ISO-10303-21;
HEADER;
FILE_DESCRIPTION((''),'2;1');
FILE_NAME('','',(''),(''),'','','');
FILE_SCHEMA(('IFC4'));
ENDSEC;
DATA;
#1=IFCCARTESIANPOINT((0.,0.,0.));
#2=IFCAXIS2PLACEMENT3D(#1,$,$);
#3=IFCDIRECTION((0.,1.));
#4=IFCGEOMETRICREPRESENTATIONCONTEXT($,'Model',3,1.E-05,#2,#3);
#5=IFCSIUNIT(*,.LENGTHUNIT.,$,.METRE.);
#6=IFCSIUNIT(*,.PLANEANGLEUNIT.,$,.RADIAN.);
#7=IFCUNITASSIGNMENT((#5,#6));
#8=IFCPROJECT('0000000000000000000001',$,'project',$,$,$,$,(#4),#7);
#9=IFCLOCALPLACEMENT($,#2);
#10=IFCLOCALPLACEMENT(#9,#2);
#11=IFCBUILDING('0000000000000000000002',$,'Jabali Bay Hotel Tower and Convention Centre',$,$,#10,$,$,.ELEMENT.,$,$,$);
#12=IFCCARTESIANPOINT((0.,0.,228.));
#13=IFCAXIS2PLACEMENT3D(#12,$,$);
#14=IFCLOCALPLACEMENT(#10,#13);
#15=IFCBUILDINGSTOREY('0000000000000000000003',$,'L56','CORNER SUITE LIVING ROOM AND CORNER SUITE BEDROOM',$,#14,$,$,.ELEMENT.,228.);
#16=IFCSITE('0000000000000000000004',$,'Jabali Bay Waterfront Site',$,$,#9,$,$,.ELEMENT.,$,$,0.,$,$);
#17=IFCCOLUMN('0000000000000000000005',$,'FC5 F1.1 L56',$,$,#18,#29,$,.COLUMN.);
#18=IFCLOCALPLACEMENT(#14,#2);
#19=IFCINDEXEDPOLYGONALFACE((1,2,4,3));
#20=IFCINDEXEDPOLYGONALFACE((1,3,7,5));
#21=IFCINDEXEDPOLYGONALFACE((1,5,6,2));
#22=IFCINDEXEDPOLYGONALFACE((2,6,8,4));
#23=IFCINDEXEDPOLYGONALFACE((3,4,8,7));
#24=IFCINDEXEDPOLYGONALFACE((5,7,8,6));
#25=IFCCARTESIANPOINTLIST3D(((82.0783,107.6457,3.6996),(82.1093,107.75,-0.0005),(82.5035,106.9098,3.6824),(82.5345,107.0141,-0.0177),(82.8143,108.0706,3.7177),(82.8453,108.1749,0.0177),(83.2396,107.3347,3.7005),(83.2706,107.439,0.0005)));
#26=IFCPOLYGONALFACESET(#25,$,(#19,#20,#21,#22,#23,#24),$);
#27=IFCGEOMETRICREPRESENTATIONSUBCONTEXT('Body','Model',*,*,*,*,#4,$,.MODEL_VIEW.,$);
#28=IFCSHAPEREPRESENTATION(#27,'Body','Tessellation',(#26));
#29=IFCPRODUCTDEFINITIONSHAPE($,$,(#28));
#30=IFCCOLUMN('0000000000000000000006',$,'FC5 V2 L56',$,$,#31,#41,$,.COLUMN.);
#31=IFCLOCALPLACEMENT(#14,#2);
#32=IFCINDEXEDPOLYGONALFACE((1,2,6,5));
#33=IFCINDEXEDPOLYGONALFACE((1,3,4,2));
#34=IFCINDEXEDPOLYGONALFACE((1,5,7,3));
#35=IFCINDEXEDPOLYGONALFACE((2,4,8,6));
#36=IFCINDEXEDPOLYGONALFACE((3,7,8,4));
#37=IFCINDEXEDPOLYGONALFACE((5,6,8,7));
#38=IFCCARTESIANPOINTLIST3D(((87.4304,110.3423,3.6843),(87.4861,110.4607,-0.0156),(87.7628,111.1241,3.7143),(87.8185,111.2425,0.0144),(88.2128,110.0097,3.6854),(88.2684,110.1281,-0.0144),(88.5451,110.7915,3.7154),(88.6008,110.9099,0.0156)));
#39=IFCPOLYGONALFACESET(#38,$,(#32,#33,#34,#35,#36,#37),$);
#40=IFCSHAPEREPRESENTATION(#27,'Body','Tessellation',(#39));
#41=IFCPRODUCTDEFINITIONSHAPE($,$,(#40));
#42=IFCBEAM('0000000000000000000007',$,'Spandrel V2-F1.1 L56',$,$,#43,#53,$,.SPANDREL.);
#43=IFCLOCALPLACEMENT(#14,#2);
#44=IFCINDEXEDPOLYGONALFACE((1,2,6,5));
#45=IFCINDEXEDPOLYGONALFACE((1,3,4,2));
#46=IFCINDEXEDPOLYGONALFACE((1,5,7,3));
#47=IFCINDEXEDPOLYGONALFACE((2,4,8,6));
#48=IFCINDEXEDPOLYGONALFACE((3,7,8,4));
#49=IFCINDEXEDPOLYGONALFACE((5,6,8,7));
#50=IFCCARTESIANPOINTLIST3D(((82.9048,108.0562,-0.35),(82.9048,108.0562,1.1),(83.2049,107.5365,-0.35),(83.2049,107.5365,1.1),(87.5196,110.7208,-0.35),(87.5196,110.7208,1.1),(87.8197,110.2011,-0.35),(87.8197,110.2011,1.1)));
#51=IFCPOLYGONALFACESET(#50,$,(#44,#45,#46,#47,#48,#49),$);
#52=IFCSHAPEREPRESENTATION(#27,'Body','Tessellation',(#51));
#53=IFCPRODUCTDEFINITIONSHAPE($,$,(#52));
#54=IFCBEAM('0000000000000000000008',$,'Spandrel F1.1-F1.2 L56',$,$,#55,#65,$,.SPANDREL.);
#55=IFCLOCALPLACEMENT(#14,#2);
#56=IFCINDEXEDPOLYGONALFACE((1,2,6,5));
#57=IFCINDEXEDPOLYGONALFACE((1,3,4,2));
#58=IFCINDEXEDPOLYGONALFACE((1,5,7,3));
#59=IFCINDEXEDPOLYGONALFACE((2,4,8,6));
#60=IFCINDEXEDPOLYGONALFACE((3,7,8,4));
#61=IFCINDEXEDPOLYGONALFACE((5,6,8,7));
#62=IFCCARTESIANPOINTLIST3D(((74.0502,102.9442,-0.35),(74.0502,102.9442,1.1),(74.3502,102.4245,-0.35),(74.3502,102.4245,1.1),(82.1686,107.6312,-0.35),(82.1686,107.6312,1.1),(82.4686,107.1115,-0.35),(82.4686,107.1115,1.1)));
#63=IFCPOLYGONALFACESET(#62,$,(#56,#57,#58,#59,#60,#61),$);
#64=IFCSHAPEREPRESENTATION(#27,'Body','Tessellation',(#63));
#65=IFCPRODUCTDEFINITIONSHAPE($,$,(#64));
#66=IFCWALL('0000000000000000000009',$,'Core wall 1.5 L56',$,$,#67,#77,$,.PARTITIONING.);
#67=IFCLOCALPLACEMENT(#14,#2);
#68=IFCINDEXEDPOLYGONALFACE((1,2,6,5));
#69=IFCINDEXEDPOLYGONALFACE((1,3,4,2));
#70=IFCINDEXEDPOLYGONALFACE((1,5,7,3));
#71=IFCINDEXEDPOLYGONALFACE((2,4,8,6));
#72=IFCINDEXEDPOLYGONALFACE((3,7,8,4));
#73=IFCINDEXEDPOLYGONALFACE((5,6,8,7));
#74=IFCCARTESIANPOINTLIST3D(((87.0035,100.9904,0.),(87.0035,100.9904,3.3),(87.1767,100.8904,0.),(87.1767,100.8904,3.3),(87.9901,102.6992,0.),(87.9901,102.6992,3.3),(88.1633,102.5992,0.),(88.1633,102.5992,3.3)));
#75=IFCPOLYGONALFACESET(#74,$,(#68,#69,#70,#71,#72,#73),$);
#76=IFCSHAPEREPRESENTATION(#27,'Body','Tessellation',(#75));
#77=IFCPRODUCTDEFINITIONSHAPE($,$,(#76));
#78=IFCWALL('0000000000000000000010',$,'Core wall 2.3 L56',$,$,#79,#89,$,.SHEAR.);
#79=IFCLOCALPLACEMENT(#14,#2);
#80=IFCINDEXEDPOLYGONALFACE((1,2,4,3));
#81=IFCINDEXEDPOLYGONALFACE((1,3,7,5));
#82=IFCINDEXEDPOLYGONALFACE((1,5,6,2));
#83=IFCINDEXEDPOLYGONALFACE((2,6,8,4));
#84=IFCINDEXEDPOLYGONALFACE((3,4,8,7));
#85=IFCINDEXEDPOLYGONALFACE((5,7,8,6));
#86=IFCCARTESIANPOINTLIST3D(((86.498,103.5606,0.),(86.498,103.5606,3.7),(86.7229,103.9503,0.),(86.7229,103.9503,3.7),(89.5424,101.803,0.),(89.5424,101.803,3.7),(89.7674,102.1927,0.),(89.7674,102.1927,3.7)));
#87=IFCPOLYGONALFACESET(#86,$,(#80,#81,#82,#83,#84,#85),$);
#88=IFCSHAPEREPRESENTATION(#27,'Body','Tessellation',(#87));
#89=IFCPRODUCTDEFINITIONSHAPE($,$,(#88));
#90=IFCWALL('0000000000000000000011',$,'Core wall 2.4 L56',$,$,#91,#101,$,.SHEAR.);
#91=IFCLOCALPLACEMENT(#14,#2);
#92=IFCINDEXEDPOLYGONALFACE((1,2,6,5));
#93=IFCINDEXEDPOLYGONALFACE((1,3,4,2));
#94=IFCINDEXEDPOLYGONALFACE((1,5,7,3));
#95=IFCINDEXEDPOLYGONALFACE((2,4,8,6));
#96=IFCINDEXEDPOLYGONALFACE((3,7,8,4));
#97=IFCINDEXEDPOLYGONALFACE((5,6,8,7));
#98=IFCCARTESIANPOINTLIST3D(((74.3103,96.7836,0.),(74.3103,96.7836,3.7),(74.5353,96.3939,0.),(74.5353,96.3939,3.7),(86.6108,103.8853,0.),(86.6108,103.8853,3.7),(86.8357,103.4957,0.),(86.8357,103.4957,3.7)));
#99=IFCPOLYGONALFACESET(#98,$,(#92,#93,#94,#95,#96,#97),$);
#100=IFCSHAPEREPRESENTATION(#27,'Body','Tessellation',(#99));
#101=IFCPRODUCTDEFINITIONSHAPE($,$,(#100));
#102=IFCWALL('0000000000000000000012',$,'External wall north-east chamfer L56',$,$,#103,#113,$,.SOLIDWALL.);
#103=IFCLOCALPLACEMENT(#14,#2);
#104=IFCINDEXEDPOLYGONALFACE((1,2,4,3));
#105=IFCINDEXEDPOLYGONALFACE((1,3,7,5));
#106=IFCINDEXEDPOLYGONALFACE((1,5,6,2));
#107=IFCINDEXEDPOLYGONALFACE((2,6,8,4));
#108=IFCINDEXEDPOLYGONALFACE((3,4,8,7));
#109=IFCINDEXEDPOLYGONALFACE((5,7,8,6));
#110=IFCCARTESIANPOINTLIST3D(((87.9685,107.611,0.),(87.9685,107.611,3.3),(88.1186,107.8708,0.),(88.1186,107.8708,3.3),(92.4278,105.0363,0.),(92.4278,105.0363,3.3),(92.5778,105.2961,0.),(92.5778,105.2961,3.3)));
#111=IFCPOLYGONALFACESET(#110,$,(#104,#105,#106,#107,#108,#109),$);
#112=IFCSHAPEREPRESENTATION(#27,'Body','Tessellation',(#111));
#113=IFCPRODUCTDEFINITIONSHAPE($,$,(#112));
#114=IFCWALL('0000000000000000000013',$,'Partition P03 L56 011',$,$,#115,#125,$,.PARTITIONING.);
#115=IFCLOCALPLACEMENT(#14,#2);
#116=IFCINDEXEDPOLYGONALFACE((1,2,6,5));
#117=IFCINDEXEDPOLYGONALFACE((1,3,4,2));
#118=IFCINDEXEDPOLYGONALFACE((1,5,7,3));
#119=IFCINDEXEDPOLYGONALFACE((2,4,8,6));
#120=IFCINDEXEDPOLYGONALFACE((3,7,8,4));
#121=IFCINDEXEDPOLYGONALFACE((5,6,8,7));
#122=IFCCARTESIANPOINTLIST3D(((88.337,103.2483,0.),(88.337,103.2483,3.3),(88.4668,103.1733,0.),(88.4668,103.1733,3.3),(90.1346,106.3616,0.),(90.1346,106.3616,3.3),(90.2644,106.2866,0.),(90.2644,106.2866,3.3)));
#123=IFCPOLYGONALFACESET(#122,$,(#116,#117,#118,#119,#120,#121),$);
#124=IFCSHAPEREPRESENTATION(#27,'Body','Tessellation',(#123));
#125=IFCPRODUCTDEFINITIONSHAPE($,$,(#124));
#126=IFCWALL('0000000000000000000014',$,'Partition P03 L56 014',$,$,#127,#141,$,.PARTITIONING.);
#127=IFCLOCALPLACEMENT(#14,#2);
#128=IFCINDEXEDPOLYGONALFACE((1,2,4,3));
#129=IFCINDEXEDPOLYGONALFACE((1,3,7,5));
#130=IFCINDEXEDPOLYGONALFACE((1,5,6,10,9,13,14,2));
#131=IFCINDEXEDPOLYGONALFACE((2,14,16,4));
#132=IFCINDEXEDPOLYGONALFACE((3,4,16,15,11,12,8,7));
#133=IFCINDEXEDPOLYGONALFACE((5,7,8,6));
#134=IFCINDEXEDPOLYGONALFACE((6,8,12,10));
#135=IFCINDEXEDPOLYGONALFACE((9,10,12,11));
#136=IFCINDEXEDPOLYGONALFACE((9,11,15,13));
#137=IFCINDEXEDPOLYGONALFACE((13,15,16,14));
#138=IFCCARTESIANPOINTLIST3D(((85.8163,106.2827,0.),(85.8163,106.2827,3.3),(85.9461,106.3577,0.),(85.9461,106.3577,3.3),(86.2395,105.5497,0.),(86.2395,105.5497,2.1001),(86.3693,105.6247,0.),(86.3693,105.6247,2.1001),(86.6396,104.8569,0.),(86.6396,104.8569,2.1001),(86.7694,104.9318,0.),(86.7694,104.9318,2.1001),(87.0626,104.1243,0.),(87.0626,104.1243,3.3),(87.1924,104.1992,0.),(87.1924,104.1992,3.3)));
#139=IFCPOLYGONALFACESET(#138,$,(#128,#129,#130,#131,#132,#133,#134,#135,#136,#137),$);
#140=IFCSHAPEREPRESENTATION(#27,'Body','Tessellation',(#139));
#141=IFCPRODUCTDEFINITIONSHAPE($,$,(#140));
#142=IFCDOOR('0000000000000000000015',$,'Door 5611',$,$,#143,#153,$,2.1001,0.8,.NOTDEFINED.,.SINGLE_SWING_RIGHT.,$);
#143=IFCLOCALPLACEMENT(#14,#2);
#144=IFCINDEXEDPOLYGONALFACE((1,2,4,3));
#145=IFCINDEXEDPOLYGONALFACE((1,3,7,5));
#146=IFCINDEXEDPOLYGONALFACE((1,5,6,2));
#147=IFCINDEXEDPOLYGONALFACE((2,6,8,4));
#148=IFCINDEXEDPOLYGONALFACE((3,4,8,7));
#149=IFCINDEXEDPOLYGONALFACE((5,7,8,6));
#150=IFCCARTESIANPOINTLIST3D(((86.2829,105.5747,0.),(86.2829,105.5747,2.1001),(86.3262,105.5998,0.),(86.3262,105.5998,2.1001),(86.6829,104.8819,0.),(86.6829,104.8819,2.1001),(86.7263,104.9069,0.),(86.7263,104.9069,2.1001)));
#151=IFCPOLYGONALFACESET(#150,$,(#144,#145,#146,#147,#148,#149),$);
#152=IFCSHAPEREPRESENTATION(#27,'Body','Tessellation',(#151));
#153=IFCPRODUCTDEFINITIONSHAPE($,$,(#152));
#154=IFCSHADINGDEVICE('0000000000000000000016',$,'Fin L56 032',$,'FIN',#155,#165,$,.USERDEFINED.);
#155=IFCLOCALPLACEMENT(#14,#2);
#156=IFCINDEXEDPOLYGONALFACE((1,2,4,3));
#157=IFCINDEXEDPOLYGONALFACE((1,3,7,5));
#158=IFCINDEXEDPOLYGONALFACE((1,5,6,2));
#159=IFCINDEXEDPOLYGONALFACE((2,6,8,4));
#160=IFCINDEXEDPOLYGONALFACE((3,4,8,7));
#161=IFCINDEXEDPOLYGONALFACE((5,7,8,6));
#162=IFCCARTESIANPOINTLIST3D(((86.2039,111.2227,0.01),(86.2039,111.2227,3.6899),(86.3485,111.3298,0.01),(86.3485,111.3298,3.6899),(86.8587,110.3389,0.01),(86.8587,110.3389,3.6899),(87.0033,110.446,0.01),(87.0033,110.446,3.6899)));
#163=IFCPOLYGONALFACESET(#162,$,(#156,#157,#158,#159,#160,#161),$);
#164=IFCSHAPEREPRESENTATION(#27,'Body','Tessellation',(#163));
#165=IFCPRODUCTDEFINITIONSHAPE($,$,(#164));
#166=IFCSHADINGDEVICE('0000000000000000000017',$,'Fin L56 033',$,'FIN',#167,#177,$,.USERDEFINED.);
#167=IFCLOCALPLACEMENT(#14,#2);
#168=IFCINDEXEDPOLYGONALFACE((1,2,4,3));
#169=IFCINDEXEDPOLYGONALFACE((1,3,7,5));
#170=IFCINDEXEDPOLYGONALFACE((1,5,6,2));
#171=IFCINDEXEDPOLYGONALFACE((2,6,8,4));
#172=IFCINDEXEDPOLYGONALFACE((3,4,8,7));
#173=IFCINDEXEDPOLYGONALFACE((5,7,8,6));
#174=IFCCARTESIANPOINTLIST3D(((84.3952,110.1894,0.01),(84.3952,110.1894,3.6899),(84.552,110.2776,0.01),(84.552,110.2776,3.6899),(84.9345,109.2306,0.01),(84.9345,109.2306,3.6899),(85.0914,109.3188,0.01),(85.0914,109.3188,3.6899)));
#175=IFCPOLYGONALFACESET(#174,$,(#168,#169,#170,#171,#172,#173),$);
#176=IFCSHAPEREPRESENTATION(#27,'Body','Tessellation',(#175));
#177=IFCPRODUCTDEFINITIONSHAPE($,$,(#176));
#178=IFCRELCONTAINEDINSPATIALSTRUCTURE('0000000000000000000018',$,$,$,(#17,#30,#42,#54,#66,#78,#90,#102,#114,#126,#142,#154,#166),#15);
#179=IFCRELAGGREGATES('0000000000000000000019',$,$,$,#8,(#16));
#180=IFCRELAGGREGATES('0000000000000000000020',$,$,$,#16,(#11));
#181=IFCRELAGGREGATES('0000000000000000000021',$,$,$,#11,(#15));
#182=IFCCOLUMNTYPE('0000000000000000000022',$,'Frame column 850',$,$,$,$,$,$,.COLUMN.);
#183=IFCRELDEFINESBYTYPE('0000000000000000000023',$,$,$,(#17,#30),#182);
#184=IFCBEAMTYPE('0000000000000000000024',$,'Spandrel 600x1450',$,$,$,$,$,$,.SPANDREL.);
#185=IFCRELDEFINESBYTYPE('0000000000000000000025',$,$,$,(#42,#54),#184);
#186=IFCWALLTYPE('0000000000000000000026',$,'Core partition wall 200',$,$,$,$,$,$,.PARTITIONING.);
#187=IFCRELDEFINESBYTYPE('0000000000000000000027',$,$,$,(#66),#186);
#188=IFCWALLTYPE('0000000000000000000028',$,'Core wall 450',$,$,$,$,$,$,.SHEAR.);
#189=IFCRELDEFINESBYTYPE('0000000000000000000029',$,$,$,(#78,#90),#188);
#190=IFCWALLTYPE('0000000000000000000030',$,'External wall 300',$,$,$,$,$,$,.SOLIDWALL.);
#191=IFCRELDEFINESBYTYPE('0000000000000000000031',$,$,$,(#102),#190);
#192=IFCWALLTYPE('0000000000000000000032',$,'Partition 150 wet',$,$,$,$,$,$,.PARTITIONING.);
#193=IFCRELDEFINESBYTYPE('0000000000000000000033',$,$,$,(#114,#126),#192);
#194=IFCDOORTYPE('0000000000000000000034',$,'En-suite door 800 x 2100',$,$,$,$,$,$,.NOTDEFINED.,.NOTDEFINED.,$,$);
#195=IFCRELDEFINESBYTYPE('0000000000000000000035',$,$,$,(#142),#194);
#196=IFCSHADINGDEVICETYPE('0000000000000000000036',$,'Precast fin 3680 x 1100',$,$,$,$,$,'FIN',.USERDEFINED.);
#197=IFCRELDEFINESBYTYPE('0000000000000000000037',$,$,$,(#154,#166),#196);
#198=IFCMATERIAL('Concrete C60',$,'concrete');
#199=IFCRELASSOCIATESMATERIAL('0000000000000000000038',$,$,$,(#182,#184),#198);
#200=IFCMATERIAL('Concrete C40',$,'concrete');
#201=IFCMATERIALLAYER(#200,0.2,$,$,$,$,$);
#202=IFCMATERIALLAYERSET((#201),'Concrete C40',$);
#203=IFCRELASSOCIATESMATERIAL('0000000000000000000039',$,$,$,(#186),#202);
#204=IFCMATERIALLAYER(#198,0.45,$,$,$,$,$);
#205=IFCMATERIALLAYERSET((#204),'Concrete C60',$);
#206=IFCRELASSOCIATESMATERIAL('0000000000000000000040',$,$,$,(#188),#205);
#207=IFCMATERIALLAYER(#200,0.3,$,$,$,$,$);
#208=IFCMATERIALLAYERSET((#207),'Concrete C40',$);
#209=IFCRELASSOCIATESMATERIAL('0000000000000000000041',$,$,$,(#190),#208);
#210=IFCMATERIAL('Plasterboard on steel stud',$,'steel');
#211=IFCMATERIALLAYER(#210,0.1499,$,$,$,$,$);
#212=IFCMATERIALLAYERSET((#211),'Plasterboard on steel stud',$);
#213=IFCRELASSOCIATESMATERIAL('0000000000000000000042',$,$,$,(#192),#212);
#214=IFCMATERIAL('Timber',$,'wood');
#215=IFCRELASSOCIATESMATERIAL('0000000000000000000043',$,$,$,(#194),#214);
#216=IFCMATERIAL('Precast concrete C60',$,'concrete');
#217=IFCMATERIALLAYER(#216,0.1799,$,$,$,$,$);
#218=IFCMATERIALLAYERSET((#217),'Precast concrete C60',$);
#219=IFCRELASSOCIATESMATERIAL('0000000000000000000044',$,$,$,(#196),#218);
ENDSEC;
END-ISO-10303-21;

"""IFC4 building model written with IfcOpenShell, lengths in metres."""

from ifc_helpers import new_model, si_unit, direction, frame, frame_2d, origin, origin_2d, place, context, subcontext, project, spatial, rectangle, extrude, material, layer, layer_set, material_profile, profile_set, type_object, element, fill, save


model = new_model("IFC4")

# Units and contexts
model_context = context("Model", 3, precision=1e-05, world=origin(), true_north=direction((0.0, 1.0)))
body_context = subcontext(model_context, "Body", "Model", "MODEL_VIEW")
ifc_project = project(units=[si_unit("LENGTHUNIT", "METRE"), si_unit("PLANEANGLEUNIT", "RADIAN")], contexts=[model_context])

# Site, building, storey
site_placement = place(None, origin())
site = spatial("IfcSite", under=ifc_project, at=site_placement, Name="Jabali Bay Waterfront Site", CompositionType="ELEMENT", RefElevation=0.0)
building_placement = place(site_placement, origin())
building = spatial("IfcBuilding", under=site, at=building_placement, Name="Jabali Bay Hotel Tower and Convention Centre", CompositionType="ELEMENT")
storey_placement = place(building_placement, frame((0.0, 0.0, 228.0)))
storey = spatial("IfcBuildingStorey", under=building, at=storey_placement, Name="L56", Description="CORNER SUITE LIVING ROOM AND CORNER SUITE BEDROOM", CompositionType="ELEMENT", Elevation=228.0)

# Columns
ifc_material_1 = material(Name="Concrete C60", Category="concrete")
ifc_material_profile_1 = material_profile(ifc_material_1, rectangle(XDim=0.8501, YDim=0.8501, at=origin_2d()), Name="Frame column 850")
ifc_profile_set_1 = profile_set([ifc_material_profile_1], Name="Concrete C60")
column_type = type_object("IfcColumnType", Name="Frame column 850", PredefinedType="COLUMN", material=ifc_profile_set_1)
column_1_placement = place(storey_placement, frame((82.6899, 107.5945, 0.0), z_axis=(-0.008376, -0.028163, 0.999568), x_axis=(0.865846, 0.499855, 0.02134)))
element("IfcColumn", 1, at=column_1_placement, inside=storey, type_object=column_type, Name="FC5 F1.1 L56", PredefinedType="COLUMN", context=body_context, shape_type="SweptSolid", body=[
    extrude(rectangle(XDim=0.8501, YDim=0.8501, at=origin_2d()), origin(), (0.0, 0.0, 1.0), 3.7017),
])
column_2_placement = place(storey_placement, frame((88.0435, 110.6853, 0.0), z_axis=(-0.015035, -0.031983, 0.999375), x_axis=(0.920271, -0.391278, 0.001323)))
element("IfcColumn", 2, at=column_2_placement, inside=storey, type_object=column_type, Name="FC5 V2 L56", PredefinedType="COLUMN", context=body_context, shape_type="SweptSolid", body=[
    extrude(rectangle(XDim=0.8501, YDim=0.8501, at=origin_2d()), origin(), (0.0, 0.0, 1.0), 3.7021),
])

# Beams
ifc_material_profile_2 = material_profile(ifc_material_1, rectangle(XDim=0.6001, YDim=1.45, at=origin_2d()), Name="Spandrel 600x1450")
ifc_profile_set_2 = profile_set([ifc_material_profile_2], Name="Concrete C60")
beam_type = type_object("IfcBeamType", Name="Spandrel 600x1450", PredefinedType="SPANDREL", material=ifc_profile_set_2)
beam_1_placement = place(storey_placement, frame((87.6697, 110.4609, 0.375), z_axis=(-0.866007, -0.500032, 0.0), x_axis=(0.500032, -0.866007, 0.0)))
element("IfcBeam", 3, at=beam_1_placement, inside=storey, type_object=beam_type, Name="Spandrel V2-F1.1 L56", PredefinedType="SPANDREL", context=body_context, shape_type="SweptSolid", body=[
    extrude(rectangle(XDim=0.6001, YDim=1.45, at=origin_2d()), origin(), (0.0, 0.0, 1.0), 5.3289),
])
beam_2_placement = place(storey_placement, frame((82.3186, 107.3713, 0.375), z_axis=(-0.866032, -0.499988, 0.0), x_axis=(0.499988, -0.866032, 0.0)))
element("IfcBeam", 4, at=beam_2_placement, inside=storey, type_object=beam_type, Name="Spandrel F1.1-F1.2 L56", PredefinedType="SPANDREL", context=body_context, shape_type="SweptSolid", body=[
    extrude(rectangle(XDim=0.6001, YDim=1.45, at=origin_2d()), origin(), (0.0, 0.0, 1.0), 9.3743),
])

# Walls
ifc_material_2 = material(Name="Concrete C40", Category="concrete")
ifc_layer_1 = layer(ifc_material_2, 0.2)
ifc_layer_set_1 = layer_set([ifc_layer_1], Name="Concrete C40")
wall_type_1 = type_object("IfcWallType", Name="Core partition wall 200", PredefinedType="PARTITIONING", material=ifc_layer_set_1)
wall_1_placement = place(storey_placement, frame((87.0901, 100.9404, 0.0), z_axis=(0.0, 0.0, 1.0), x_axis=(0.500012, 0.866019, 0.0)))
element("IfcWall", 5, at=wall_1_placement, inside=storey, type_object=wall_type_1, Name="Core wall 1.5 L56", PredefinedType="PARTITIONING", context=body_context, shape_type="SweptSolid", body=[
    extrude(rectangle(XDim=1.9731, YDim=0.2, at=frame_2d((0.9866, 0.0))), origin(), (0.0, 0.0, 1.0), 3.3),
])
ifc_layer_2 = layer(ifc_material_1, 0.45)
ifc_layer_set_2 = layer_set([ifc_layer_2], Name="Concrete C60")
wall_type_2 = type_object("IfcWallType", Name="Core wall 450", PredefinedType="SHEAR", material=ifc_layer_set_2)
wall_2_placement = place(storey_placement, frame((89.655, 101.9978, 0.0), z_axis=(0.0, 0.0, 1.0), x_axis=(-0.866042, 0.499971, 0.0)))
element("IfcWall", 6, at=wall_2_placement, inside=storey, type_object=wall_type_2, Name="Core wall 2.3 L56", PredefinedType="SHEAR", context=body_context, shape_type="SweptSolid", body=[
    extrude(rectangle(XDim=3.5154, YDim=0.45, at=frame_2d((1.7578, 0.0))), origin(), (0.0, 0.0, 1.0), 3.7),
])
wall_3_placement = place(storey_placement, frame((86.7231, 103.6904, 0.0), z_axis=(0.0, 0.0, 1.0), x_axis=(-0.866023, -0.500005, 0.0)))
element("IfcWall", 7, at=wall_3_placement, inside=storey, type_object=wall_type_2, Name="Core wall 2.4 L56", PredefinedType="SHEAR", context=body_context, shape_type="SweptSolid", body=[
    extrude(rectangle(XDim=14.2034, YDim=0.45, at=frame_2d((7.1016, 0.0))), origin(), (0.0, 0.0, 1.0), 3.7),
])
ifc_layer_3 = layer(ifc_material_2, 0.3)
ifc_layer_set_3 = layer_set([ifc_layer_3], Name="Concrete C40")
wall_type_3 = type_object("IfcWallType", Name="External wall 300", PredefinedType="SOLIDWALL", material=ifc_layer_set_3)
wall_4_placement = place(storey_placement, frame((88.0435, 107.741, 0.0), z_axis=(0.0, 0.0, 1.0), x_axis=(0.866011, -0.500025, 0.0)))
element("IfcWall", 8, at=wall_4_placement, inside=storey, type_object=wall_type_3, Name="External wall north-east chamfer L56", PredefinedType="SOLIDWALL", context=body_context, shape_type="SweptSolid", body=[
    extrude(rectangle(XDim=5.1492, YDim=0.3, at=frame_2d((2.5747, 0.0))), origin(), (0.0, 0.0, 1.0), 3.3),
])
ifc_material_3 = material(Name="Plasterboard on steel stud", Category="steel")
ifc_layer_4 = layer(ifc_material_3, 0.1499)
ifc_layer_set_4 = layer_set([ifc_layer_4], Name="Plasterboard on steel stud")
wall_type_4 = type_object("IfcWallType", Name="Partition 150 wet", PredefinedType="PARTITIONING", material=ifc_layer_set_4)
wall_5_placement = place(storey_placement, frame((90.1995, 106.324, 0.0), z_axis=(0.0, 0.0, 1.0), x_axis=(-0.500032, -0.866007, 0.0)))
element("IfcWall", 9, at=wall_5_placement, inside=storey, type_object=wall_type_4, Name="Partition P03 L56 011", PredefinedType="PARTITIONING", context=body_context, shape_type="SweptSolid", body=[
    extrude(rectangle(XDim=3.595, YDim=0.1499, at=frame_2d((1.7974, 0.0))), origin(), (0.0, 0.0, 1.0), 3.3),
])

# Wall, opening, door
wall_6_placement = place(storey_placement, frame((87.1274, 104.1619, 0.0), z_axis=(0.0, 0.0, 1.0), x_axis=(-0.500047, 0.865998, 0.0)))
wall_6 = element("IfcWall", 10, at=wall_6_placement, inside=storey, type_object=wall_type_4, Name="Partition P03 L56 014", PredefinedType="PARTITIONING", context=body_context, shape_type="SweptSolid", body=[
    extrude(rectangle(XDim=2.4924, YDim=0.1499, at=frame_2d((1.2461, 0.0))), origin(), (0.0, 0.0, 1.0), 3.3),
])
opening_placement = place(wall_6_placement, frame((0.8459, 0.0, 0.0)))
opening = element("IfcOpeningElement", 11, at=opening_placement, cuts=wall_6, PredefinedType="OPENING", context=body_context, shape_type="SweptSolid", body=[
    extrude(rectangle(XDim=0.8, YDim=2.1001, at=frame_2d((0.3999, 1.05))), frame((0.0, 0.0854, 0.0), z_axis=(0.0, -1.0, 0.0), x_axis=(1.0, 0.0, 0.0)), (0.0, 0.0, 1.0), 0.1709),
])
ifc_material_4 = material(Name="Timber", Category="wood")
door_type = type_object("IfcDoorType", Name="En-suite door 800 x 2100", OperationType="NOTDEFINED", PredefinedType="NOTDEFINED", material=ifc_material_4)
door_placement = place(opening_placement, origin())
door = element("IfcDoor", 12, at=door_placement, inside=storey, type_object=door_type, Name="Door 5611", OperationType="SINGLE_SWING_RIGHT", OverallHeight=2.1001, OverallWidth=0.8, PredefinedType="NOTDEFINED", context=body_context, shape_type="SweptSolid", body=[
    extrude(rectangle(XDim=0.8, YDim=2.1001, at=frame_2d((0.3999, 1.05))), frame((0.0, 0.0249, 0.0), z_axis=(0.0, -1.0, 0.0), x_axis=(1.0, 0.0, 0.0)), (0.0, 0.0, 1.0), 0.05),
])
fill(opening, door)

# Shading devices
ifc_material_5 = material(Name="Precast concrete C60", Category="concrete")
ifc_layer_5 = layer(ifc_material_5, 0.1799)
ifc_layer_set_5 = layer_set([ifc_layer_5], Name="Precast concrete C60")
shading_device_type_1 = type_object("IfcShadingDeviceType", Name="Precast fin 3680 x 1100", ElementType="FIN", PredefinedType="USERDEFINED", material=ifc_layer_set_5)
shading_device_1_placement = place(storey_placement, frame((86.9309, 110.3926, 0.01), z_axis=(0.0, 0.0, 1.0), x_axis=(-0.595302, 0.803502, 0.0)))
element("IfcShadingDevice", 13, at=shading_device_1_placement, inside=storey, type_object=shading_device_type_1, Name="Fin L56 032", ObjectType="FIN", PredefinedType="USERDEFINED", context=body_context, shape_type="SweptSolid", body=[
    extrude(rectangle(XDim=1.0999, YDim=0.1799, at=frame_2d((0.5498, 0.0))), origin(), (0.0, 0.0, 1.0), 3.6799),
])
for number, where, z_axis, x_axis, name in (
    (14, (85.0129, 109.2747, 0.01), (0.0, 0.0, 1.0), (-0.490272, 0.87157, 0.0), "Fin L56 033"),
):
    element("IfcShadingDevice", number, at=place(storey_placement, frame(where, z_axis=z_axis, x_axis=x_axis)), inside=storey, type_object=shading_device_type_1, Name=name, ObjectType="FIN", PredefinedType="USERDEFINED", context=body_context, shape_type="SweptSolid", body=[
        extrude(rectangle(XDim=1.1001, YDim=0.1799, at=frame_2d((0.55, 0.0))), origin(), (0.0, 0.0, 1.0), 3.6799),
    ])

save(model, "model.ifc")
